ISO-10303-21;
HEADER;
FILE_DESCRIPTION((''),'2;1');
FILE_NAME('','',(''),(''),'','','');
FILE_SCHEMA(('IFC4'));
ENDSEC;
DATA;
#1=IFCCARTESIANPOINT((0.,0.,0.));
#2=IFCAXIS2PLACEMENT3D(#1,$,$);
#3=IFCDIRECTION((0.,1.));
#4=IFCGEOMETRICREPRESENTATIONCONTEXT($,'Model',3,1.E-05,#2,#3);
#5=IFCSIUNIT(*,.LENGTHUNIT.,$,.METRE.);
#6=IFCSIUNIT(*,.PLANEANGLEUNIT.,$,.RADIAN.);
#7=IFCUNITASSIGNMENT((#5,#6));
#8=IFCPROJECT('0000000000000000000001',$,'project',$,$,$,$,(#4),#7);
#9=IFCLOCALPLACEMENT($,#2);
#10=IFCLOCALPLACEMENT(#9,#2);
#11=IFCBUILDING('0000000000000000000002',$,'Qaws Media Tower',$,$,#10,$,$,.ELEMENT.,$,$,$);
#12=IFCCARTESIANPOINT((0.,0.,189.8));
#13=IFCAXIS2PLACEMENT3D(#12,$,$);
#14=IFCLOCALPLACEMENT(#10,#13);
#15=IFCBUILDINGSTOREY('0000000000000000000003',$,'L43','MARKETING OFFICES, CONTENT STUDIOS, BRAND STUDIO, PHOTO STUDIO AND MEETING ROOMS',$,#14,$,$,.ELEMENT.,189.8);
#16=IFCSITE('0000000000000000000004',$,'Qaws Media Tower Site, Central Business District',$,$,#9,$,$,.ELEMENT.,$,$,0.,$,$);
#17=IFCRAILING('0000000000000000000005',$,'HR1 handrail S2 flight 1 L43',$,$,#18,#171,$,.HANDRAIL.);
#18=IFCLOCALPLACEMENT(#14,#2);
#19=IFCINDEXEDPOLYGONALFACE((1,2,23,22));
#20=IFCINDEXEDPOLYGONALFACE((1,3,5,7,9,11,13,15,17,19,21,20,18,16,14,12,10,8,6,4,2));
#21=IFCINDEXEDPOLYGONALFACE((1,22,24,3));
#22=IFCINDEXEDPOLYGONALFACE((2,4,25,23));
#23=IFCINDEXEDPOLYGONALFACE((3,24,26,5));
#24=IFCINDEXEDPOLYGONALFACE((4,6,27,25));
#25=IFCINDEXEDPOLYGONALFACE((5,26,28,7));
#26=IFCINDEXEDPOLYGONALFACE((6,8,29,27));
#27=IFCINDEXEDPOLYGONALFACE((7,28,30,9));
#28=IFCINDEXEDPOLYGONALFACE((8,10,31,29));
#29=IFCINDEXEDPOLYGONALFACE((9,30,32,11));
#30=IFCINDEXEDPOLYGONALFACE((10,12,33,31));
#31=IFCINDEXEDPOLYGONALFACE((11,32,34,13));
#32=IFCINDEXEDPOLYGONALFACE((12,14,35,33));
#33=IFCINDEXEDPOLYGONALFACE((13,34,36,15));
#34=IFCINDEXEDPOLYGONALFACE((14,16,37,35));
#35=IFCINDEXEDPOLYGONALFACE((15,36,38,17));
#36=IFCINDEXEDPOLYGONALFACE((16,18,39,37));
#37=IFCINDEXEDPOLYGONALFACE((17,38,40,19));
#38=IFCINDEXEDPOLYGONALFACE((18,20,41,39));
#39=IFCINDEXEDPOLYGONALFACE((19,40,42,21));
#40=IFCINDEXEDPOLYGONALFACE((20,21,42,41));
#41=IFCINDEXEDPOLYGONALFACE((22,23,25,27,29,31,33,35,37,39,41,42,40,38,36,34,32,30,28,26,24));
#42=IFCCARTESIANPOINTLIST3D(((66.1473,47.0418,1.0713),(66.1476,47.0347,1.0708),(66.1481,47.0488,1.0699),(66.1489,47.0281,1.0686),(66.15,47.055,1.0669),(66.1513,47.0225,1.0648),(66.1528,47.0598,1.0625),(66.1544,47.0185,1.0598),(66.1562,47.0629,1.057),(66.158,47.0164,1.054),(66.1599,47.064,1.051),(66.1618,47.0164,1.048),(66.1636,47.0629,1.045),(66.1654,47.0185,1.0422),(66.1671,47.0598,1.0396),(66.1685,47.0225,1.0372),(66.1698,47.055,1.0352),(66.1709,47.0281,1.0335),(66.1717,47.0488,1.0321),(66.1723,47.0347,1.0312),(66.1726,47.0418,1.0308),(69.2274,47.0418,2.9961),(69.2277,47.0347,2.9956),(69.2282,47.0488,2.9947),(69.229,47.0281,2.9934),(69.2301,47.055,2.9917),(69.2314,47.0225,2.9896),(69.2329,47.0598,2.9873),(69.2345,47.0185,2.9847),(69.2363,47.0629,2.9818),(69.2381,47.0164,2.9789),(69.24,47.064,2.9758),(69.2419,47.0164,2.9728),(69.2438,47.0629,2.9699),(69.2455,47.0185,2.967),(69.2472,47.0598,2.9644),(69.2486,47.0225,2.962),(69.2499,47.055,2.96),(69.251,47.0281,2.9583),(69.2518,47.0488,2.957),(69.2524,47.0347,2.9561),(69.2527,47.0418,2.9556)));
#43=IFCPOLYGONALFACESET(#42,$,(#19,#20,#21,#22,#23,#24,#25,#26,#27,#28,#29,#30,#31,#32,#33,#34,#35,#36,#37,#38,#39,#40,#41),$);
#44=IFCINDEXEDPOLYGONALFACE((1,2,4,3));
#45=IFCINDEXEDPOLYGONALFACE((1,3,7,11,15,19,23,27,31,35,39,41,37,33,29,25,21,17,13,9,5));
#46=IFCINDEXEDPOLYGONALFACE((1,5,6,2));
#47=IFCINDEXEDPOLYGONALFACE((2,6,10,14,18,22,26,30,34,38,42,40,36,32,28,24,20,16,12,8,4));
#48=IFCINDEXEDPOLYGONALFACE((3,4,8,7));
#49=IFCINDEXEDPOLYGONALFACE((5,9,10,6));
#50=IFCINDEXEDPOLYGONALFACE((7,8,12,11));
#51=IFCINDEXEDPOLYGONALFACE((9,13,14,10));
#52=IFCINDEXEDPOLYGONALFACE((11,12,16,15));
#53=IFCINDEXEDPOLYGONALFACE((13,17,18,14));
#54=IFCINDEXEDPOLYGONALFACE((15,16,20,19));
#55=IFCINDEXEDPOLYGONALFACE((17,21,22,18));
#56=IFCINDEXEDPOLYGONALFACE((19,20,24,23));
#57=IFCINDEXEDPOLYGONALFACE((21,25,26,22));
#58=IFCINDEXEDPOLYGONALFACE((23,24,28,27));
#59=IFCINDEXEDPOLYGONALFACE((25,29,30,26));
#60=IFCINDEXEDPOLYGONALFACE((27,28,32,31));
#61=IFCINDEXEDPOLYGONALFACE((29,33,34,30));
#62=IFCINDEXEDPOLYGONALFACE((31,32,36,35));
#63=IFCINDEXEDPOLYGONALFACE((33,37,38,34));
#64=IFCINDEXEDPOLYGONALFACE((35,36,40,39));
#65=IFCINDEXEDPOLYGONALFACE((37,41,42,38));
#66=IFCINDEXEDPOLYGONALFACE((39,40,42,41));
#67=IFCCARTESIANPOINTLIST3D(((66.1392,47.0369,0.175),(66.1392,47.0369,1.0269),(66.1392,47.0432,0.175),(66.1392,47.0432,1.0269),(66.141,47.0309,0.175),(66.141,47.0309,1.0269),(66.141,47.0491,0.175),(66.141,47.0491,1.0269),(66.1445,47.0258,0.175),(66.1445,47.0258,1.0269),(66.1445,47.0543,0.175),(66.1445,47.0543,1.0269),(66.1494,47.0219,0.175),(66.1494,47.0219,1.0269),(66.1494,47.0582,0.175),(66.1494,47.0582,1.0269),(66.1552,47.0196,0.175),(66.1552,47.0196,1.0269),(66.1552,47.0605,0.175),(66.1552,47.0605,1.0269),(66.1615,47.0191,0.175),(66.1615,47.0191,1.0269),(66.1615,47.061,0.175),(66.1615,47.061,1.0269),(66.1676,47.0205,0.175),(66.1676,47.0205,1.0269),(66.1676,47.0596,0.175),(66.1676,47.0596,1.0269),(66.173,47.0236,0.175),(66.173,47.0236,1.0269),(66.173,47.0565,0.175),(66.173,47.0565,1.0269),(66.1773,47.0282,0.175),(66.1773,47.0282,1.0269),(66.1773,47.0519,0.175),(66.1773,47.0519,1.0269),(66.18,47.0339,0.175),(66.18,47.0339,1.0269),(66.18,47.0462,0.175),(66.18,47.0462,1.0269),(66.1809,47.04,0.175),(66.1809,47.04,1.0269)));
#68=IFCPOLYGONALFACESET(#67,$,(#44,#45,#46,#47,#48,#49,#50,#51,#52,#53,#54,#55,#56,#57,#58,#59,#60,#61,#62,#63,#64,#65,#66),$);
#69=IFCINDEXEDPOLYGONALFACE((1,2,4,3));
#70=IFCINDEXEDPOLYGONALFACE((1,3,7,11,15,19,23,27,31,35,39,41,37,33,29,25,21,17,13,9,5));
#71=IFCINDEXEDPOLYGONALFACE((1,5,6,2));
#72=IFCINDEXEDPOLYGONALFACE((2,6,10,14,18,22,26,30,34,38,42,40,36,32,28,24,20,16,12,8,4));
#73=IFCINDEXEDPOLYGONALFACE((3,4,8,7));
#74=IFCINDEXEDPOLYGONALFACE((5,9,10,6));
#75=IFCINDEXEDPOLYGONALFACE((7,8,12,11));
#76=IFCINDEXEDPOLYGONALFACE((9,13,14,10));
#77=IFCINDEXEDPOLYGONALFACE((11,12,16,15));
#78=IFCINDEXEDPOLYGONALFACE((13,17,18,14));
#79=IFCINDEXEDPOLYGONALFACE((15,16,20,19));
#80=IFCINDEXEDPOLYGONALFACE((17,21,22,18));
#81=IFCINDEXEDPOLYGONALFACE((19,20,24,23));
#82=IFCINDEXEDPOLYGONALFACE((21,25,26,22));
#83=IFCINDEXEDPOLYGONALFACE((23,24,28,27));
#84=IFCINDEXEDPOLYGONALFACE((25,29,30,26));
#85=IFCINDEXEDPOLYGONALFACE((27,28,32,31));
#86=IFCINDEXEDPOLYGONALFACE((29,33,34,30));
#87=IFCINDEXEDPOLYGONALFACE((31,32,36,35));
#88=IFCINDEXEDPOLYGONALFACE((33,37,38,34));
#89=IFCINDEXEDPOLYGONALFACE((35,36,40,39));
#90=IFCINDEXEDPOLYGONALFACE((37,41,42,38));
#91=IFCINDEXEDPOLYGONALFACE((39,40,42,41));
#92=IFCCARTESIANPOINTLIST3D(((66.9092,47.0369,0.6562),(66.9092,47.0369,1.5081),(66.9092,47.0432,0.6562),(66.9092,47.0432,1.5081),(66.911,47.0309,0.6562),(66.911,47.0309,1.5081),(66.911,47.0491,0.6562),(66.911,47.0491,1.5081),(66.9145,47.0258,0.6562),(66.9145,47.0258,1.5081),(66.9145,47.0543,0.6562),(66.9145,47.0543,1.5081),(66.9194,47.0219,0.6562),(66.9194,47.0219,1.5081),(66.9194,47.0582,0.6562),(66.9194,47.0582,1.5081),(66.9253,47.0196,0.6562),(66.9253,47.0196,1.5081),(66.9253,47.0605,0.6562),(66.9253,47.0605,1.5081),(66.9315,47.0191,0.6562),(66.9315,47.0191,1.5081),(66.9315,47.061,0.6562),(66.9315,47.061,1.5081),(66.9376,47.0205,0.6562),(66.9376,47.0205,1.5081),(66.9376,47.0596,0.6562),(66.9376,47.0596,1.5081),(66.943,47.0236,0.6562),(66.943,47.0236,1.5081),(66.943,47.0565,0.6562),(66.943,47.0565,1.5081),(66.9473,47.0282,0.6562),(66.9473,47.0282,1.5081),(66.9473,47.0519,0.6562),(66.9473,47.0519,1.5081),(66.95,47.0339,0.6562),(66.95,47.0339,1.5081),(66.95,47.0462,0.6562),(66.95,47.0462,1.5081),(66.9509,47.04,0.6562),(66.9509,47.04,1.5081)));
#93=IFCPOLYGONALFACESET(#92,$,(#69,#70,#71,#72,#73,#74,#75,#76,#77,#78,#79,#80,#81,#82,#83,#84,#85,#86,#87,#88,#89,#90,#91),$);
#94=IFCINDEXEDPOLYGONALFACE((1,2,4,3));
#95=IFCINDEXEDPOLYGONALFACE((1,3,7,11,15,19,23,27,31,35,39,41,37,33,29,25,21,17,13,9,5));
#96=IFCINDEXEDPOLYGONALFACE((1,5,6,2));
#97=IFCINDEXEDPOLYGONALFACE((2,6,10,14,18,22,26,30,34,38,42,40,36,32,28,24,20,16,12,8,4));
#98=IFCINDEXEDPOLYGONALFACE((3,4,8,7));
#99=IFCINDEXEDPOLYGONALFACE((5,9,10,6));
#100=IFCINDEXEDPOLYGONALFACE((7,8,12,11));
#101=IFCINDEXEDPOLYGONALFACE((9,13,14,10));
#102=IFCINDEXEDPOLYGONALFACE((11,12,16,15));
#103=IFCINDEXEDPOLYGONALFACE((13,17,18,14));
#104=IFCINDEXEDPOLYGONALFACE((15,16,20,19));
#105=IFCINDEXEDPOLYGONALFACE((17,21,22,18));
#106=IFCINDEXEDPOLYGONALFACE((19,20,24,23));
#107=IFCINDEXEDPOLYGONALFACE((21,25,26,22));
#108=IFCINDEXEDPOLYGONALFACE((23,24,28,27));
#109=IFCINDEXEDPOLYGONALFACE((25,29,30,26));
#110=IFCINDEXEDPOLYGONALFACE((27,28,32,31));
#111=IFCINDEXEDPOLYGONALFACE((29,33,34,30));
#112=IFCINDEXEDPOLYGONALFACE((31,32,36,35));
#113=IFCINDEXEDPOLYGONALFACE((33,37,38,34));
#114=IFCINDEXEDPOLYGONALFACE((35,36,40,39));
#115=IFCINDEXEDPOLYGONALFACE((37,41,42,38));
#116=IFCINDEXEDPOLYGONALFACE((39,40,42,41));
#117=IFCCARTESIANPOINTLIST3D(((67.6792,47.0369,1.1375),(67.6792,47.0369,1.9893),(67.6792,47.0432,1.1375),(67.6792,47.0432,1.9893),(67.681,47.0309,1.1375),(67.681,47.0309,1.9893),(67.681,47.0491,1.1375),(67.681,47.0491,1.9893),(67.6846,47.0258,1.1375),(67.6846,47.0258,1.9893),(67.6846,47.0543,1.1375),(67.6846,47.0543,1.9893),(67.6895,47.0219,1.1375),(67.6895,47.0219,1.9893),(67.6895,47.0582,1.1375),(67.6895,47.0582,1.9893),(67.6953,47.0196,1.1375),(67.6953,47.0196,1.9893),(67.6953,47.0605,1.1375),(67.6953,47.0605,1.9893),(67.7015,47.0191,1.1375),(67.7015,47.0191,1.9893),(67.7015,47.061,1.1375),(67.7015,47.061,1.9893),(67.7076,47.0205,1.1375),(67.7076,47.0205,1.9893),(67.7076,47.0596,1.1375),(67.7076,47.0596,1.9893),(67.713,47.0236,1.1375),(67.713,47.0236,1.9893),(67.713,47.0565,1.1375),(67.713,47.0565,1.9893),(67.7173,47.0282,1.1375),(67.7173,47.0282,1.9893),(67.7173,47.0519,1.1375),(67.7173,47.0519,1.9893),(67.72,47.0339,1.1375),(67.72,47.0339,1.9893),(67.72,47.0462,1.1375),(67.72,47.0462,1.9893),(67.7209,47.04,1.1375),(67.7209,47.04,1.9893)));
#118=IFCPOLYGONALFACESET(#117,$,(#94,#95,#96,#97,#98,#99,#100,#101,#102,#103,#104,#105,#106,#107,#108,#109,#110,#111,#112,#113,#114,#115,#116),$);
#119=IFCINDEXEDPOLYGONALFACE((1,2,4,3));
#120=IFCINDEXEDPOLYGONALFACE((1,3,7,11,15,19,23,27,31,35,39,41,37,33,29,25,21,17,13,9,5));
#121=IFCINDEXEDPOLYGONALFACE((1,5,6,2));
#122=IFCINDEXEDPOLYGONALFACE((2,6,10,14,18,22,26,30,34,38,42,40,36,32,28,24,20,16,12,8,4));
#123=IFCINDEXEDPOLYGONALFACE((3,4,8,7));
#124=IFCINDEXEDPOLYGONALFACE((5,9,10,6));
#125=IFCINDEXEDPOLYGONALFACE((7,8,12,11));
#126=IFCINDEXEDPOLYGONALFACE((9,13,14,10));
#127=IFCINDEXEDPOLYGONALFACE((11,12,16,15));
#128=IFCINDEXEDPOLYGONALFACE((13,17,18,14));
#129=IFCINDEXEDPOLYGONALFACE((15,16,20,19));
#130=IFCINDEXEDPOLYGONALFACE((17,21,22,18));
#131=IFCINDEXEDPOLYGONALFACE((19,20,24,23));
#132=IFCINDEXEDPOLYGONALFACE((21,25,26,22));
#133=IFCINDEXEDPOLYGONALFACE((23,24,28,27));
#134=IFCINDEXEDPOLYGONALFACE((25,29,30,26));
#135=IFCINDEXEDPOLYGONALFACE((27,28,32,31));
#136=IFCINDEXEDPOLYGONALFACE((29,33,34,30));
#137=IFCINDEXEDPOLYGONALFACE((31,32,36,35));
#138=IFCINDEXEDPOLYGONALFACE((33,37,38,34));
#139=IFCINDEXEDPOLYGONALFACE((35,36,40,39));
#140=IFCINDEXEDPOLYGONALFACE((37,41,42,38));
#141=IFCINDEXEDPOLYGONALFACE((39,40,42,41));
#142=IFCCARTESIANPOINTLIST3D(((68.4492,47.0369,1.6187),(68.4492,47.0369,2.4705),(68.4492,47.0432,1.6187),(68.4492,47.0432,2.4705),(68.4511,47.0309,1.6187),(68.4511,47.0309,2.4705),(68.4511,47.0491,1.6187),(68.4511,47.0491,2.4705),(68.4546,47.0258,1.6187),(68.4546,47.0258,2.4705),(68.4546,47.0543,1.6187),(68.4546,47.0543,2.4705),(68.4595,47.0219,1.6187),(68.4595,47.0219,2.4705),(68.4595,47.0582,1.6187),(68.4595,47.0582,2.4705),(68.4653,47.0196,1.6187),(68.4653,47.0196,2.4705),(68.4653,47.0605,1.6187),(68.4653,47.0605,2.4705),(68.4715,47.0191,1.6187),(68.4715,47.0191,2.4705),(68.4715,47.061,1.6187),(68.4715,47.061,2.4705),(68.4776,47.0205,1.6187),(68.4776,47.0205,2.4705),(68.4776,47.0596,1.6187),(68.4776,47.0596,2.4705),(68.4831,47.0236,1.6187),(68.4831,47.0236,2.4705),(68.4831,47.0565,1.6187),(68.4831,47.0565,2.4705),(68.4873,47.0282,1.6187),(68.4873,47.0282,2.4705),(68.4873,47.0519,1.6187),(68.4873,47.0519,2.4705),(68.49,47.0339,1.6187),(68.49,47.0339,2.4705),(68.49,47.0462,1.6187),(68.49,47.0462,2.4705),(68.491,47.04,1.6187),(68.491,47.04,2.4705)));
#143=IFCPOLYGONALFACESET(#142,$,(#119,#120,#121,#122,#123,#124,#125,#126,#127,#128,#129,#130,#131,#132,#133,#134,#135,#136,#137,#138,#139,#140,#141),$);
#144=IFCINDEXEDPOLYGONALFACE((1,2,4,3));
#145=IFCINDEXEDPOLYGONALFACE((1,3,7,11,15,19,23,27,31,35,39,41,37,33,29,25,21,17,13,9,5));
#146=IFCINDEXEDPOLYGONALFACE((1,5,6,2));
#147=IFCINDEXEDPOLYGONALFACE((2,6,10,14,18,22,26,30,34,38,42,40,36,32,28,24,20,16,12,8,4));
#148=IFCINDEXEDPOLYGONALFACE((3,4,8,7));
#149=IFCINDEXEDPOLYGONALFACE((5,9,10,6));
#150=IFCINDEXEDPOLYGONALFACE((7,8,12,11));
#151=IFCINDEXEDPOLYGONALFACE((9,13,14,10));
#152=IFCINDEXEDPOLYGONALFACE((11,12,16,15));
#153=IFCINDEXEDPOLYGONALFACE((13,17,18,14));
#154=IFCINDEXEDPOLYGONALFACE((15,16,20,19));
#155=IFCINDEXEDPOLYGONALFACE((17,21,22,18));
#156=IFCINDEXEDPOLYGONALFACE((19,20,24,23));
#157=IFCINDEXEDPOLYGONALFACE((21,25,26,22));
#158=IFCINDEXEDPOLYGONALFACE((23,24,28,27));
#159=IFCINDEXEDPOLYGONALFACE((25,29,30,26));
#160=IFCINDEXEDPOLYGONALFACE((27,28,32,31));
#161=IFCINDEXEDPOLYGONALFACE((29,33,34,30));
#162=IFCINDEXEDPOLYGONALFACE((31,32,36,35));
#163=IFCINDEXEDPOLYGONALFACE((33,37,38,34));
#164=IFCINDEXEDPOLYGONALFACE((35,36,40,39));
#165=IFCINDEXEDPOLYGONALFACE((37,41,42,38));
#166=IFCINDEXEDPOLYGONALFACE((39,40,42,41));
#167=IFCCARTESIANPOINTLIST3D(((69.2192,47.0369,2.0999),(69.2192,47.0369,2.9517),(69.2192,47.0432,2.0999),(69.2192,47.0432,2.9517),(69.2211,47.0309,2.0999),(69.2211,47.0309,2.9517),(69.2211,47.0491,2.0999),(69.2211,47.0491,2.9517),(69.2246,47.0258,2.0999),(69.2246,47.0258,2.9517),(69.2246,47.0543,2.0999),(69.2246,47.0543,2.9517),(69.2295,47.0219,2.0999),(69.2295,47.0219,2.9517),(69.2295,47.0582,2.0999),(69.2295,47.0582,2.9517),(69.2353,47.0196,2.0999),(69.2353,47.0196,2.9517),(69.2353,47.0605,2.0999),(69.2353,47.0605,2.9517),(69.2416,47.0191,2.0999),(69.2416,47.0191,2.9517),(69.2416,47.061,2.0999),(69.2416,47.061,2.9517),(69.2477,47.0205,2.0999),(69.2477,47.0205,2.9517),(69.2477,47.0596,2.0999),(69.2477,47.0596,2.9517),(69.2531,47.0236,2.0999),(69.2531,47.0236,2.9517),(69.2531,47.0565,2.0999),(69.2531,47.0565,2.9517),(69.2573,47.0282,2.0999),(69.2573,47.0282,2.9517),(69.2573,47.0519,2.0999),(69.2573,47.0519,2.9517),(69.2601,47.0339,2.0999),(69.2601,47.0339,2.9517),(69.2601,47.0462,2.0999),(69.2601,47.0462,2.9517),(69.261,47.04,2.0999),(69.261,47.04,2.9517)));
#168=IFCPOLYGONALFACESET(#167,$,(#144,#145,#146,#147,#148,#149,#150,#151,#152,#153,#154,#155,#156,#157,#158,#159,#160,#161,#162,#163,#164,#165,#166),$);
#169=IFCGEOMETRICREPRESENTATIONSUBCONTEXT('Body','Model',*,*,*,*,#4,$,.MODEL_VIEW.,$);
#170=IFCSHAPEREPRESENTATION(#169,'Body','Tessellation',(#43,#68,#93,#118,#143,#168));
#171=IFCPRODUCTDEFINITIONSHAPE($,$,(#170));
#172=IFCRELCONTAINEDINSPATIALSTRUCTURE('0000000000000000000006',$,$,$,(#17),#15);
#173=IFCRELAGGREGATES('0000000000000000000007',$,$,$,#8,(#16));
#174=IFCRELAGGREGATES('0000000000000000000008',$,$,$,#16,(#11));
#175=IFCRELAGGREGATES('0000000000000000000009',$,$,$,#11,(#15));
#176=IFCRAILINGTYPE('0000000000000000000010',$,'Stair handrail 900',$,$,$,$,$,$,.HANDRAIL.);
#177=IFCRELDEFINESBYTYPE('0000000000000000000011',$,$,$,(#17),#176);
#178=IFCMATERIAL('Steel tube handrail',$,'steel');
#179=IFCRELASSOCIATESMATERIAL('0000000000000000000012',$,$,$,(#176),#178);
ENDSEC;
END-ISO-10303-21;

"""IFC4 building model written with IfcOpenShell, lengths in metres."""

from ifc_helpers import new_model, si_unit, direction, frame, origin, origin_2d, place, context, subcontext, project, spatial, circle, extrude, material, type_object, element, save


model = new_model("IFC4")

# Units and contexts
model_context = context("Model", 3, precision=1e-05, world=origin(), true_north=direction((0.0, 1.0)))
body_context = subcontext(model_context, "Body", "Model", "MODEL_VIEW")
ifc_project = project(units=[si_unit("LENGTHUNIT", "METRE"), si_unit("PLANEANGLEUNIT", "RADIAN")], contexts=[model_context])

# Site, building, storey
site_placement = place(None, origin())
site = spatial("IfcSite", under=ifc_project, at=site_placement, Name="Qaws Media Tower Site, Central Business District", CompositionType="ELEMENT", RefElevation=0.0)
building_placement = place(site_placement, origin())
building = spatial("IfcBuilding", under=site, at=building_placement, Name="Qaws Media Tower", CompositionType="ELEMENT")
storey_placement = place(building_placement, frame((0.0, 0.0, 189.8)))
storey = spatial("IfcBuildingStorey", under=building, at=storey_placement, Name="L43", Description="MARKETING OFFICES, CONTENT STUDIOS, BRAND STUDIO, PHOTO STUDIO AND MEETING ROOMS", CompositionType="ELEMENT", Elevation=189.8)

# Railing
ifc_material_1 = material(Name="Steel tube handrail", Category="steel")
railing_type = type_object("IfcRailingType", Name="Stair handrail 900", PredefinedType="HANDRAIL", material=ifc_material_1)
railing_placement = place(storey_placement, frame((66.1599, 47.04, 0.175)))
element("IfcRailing", 1, at=railing_placement, inside=storey, type_object=railing_type, Name="HR1 handrail S2 flight 1 L43", PredefinedType="HANDRAIL", context=body_context, shape_type="SweptSolid", body=[
    extrude(circle(Radius=0.0239, at=origin_2d()), frame((0.0, 0.0, 0.876), z_axis=(0.848029, 0.0, 0.529951), x_axis=(0.0, 1.0, 0.0)), (0.0, 0.0, 1.0), 3.6321),
    extrude(circle(Radius=0.021, at=origin_2d()), origin(), (0.0, 0.0, 1.0), 0.8518),
    extrude(circle(Radius=0.021, at=origin_2d()), frame((0.77, 0.0, 0.4812)), (0.0, 0.0, 1.0), 0.8518),
    extrude(circle(Radius=0.021, at=origin_2d()), frame((1.54, 0.0, 0.9624)), (0.0, 0.0, 1.0), 0.8518),
    extrude(circle(Radius=0.021, at=origin_2d()), frame((2.3101, 0.0, 1.4436)), (0.0, 0.0, 1.0), 0.8518),
    extrude(circle(Radius=0.021, at=origin_2d()), frame((3.0801, 0.0, 1.9248)), (0.0, 0.0, 1.0), 0.8518),
])

save(model, "model.ifc")
